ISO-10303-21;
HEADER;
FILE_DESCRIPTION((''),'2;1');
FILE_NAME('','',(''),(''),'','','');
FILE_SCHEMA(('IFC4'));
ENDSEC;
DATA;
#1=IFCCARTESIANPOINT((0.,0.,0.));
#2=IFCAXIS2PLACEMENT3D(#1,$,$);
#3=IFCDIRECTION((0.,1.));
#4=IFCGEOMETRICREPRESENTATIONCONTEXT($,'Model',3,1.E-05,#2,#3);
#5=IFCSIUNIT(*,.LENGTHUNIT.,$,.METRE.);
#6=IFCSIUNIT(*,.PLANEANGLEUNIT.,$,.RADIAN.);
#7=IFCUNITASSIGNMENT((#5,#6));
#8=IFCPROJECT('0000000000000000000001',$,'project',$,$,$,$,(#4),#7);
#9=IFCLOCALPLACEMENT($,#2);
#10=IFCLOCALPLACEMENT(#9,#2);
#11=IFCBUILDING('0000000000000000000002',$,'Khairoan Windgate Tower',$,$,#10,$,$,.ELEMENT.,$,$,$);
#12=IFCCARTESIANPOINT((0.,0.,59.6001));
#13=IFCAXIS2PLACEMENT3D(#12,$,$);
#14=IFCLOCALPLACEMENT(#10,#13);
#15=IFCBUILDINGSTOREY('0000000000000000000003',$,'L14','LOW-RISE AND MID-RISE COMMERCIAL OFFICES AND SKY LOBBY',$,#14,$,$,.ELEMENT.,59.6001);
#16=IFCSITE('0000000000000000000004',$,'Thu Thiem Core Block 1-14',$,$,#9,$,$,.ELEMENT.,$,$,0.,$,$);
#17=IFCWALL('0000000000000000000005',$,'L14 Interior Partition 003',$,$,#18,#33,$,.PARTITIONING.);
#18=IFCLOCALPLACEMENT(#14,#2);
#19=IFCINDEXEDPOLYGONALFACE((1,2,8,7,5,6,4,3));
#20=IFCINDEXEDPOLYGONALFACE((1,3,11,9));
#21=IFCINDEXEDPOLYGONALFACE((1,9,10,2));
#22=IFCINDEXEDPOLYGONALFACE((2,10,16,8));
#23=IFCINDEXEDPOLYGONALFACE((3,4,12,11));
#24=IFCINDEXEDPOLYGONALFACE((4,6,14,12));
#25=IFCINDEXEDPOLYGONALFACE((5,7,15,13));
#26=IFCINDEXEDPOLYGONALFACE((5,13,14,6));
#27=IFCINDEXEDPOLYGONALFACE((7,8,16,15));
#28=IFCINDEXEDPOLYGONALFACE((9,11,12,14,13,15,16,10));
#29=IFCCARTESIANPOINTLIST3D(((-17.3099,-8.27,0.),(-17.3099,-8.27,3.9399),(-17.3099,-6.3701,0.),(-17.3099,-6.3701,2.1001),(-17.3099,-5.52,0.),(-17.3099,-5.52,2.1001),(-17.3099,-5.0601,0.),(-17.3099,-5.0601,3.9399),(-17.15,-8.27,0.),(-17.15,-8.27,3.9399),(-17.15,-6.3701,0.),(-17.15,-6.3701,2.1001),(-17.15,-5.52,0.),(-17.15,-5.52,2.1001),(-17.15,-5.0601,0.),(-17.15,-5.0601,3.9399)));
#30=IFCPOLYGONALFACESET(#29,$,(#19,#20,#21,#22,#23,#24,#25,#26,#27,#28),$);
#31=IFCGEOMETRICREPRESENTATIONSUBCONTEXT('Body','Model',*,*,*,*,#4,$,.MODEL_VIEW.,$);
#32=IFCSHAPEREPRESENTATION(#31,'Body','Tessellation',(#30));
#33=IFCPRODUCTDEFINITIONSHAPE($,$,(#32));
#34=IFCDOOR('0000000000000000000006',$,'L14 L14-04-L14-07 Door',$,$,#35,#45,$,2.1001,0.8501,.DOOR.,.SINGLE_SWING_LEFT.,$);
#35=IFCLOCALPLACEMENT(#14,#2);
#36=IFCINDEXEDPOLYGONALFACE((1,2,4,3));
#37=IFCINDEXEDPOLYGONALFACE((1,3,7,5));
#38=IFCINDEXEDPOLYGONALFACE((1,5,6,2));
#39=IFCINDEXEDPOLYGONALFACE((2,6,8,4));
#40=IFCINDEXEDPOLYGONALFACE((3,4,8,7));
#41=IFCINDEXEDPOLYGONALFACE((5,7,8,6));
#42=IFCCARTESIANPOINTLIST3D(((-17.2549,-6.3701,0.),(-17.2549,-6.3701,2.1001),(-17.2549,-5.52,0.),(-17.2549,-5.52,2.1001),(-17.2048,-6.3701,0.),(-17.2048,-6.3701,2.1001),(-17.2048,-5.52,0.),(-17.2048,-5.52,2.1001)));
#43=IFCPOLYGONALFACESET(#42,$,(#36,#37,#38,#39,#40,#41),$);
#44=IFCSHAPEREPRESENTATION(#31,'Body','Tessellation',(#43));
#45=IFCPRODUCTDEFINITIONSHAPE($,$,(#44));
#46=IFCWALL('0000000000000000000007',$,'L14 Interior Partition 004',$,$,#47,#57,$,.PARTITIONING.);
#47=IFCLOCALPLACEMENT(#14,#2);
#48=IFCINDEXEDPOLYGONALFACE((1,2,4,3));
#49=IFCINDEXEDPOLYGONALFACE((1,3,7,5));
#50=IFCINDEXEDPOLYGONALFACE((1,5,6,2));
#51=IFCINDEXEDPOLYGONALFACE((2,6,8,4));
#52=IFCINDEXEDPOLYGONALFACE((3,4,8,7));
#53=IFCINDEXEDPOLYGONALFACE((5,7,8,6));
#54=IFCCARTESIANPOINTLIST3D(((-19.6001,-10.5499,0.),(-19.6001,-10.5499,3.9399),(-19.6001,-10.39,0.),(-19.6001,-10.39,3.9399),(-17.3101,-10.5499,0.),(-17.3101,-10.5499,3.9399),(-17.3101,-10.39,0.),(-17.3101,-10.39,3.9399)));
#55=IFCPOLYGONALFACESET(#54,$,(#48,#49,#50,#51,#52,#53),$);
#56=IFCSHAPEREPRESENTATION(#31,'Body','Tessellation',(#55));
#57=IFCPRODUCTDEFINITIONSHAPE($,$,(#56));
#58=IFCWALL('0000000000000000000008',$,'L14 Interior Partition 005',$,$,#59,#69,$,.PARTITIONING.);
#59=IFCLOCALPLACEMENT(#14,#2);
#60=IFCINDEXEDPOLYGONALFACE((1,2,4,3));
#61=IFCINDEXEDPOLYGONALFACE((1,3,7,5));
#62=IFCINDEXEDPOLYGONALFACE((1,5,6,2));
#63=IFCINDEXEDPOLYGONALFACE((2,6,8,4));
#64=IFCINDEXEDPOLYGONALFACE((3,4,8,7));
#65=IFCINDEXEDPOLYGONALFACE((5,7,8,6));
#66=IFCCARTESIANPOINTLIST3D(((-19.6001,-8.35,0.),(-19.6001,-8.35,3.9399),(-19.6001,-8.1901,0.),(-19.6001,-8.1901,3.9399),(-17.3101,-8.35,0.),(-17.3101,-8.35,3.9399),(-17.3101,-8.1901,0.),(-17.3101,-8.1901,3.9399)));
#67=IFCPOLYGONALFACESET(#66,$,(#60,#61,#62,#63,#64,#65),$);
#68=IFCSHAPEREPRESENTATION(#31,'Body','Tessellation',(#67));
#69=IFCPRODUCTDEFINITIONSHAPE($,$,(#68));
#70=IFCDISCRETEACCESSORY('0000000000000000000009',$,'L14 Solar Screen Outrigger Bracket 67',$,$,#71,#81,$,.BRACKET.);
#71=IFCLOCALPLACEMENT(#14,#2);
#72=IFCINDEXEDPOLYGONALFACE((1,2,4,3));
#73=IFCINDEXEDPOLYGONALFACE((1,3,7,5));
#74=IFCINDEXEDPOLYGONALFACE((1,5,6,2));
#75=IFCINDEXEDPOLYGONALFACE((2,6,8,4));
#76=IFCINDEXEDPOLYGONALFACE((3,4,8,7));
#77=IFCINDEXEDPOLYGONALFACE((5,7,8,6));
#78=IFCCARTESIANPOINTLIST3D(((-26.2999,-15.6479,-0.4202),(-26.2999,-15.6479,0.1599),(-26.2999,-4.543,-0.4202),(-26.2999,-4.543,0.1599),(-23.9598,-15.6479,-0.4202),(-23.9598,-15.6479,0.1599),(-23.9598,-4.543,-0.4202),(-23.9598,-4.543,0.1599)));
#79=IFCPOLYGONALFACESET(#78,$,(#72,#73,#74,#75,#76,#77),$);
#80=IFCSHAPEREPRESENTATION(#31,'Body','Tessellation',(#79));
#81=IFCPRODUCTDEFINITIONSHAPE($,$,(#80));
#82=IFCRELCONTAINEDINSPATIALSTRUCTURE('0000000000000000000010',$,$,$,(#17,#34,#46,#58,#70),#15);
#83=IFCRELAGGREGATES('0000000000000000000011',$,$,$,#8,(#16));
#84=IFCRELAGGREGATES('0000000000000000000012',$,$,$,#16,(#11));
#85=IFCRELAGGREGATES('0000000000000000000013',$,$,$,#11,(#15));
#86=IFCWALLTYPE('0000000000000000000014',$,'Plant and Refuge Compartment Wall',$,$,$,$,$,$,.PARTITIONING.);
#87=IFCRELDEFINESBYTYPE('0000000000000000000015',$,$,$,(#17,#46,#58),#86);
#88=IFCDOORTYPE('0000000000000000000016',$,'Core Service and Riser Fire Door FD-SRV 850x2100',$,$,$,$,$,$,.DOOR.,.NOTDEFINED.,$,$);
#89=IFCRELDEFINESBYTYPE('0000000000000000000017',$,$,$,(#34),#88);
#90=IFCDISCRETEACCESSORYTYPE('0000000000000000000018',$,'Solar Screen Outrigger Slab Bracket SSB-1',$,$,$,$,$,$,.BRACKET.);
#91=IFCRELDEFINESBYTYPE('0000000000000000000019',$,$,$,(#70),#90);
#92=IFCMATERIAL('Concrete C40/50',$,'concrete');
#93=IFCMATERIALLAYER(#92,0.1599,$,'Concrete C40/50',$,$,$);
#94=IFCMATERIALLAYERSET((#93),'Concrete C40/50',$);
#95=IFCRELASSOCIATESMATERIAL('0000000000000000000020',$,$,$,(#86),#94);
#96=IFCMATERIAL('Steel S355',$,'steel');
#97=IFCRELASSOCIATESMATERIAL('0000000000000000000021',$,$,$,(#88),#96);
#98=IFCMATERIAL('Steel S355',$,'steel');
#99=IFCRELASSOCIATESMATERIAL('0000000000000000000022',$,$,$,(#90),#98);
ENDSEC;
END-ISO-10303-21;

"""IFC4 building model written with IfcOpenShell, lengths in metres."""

from ifc_helpers import new_model, si_unit, direction, frame, frame_2d, origin, origin_2d, place, context, subcontext, project, spatial, rectangle, extrude, material, layer, layer_set, type_object, element, fill, save


model = new_model("IFC4")

# Units and contexts
model_context = context("Model", 3, precision=1e-05, world=origin(), true_north=direction((0.0, 1.0)))
body_context = subcontext(model_context, "Body", "Model", "MODEL_VIEW")
ifc_project = project(units=[si_unit("LENGTHUNIT", "METRE"), si_unit("PLANEANGLEUNIT", "RADIAN")], contexts=[model_context])

# Site, building, storey
site_placement = place(None, origin())
site = spatial("IfcSite", under=ifc_project, at=site_placement, Name="Thu Thiem Core Block 1-14", CompositionType="ELEMENT", RefElevation=0.0)
building_placement = place(site_placement, origin())
building = spatial("IfcBuilding", under=site, at=building_placement, Name="Khairoan Windgate Tower", CompositionType="ELEMENT")
storey_placement = place(building_placement, frame((0.0, 0.0, 59.6001)))
storey = spatial("IfcBuildingStorey", under=building, at=storey_placement, Name="L14", Description="LOW-RISE AND MID-RISE COMMERCIAL OFFICES AND SKY LOBBY", CompositionType="ELEMENT", Elevation=59.6001)

# Wall, opening, door
ifc_material_1 = material(Name="Concrete C40/50", Category="concrete")
ifc_layer_1 = layer(ifc_material_1, 0.1599, Name="Concrete C40/50")
ifc_layer_set_1 = layer_set([ifc_layer_1], Name="Concrete C40/50")
wall_type_1 = type_object("IfcWallType", Name="Plant and Refuge Compartment Wall", PredefinedType="PARTITIONING", material=ifc_layer_set_1)
ifc_material_2 = material(Name="Steel S355", Category="steel")
door_type_1 = type_object("IfcDoorType", Name="Core Service and Riser Fire Door FD-SRV 850x2100", OperationType="NOTDEFINED", PredefinedType="DOOR", material=ifc_material_2)
wall_1_placement = place(storey_placement, frame((-17.23, -8.27, 0.0), z_axis=(0.0, 0.0, 1.0), x_axis=(0.0, 1.0, 0.0)))
wall_1 = element("IfcWall", 1, at=wall_1_placement, inside=storey, type_object=wall_type_1, Name="L14 Interior Partition 003", PredefinedType="PARTITIONING", context=body_context, shape_type="SweptSolid", body=[
    extrude(rectangle(XDim=3.21, YDim=0.1599, at=frame_2d((1.605, 0.0))), origin(), (0.0, 0.0, 1.0), 3.9399),
])
opening_1_placement = place(wall_1_placement, frame((1.8999, 0.0, 0.0)))
opening_1 = element("IfcOpeningElement", 2, at=opening_1_placement, cuts=wall_1, PredefinedType="OPENING", context=body_context, shape_type="SweptSolid", body=[
    extrude(rectangle(XDim=0.8501, YDim=2.1001, at=frame_2d((0.425, 1.05))), frame((0.0, 0.0898, 0.0), z_axis=(0.0, -1.0, 0.0), x_axis=(1.0, 0.0, 0.0)), (0.0, 0.0, 1.0), 0.1799),
])
door_1_placement = place(opening_1_placement, origin())
door_1 = element("IfcDoor", 3, at=door_1_placement, inside=storey, type_object=door_type_1, Name="L14 L14-04-L14-07 Door", OperationType="SINGLE_SWING_LEFT", OverallHeight=2.1001, OverallWidth=0.8501, PredefinedType="DOOR", context=body_context, shape_type="SweptSolid", body=[
    extrude(rectangle(XDim=0.8501, YDim=2.1001, at=frame_2d((0.425, 1.05))), frame((0.0, 0.0249, 0.0), z_axis=(0.0, -1.0, 0.0), x_axis=(1.0, 0.0, 0.0)), (0.0, 0.0, 1.0), 0.05),
])
fill(opening_1, door_1)

# Walls
for number, where, z_axis, x_axis, name in (
    (4, (-19.6001, -10.47, 0.0), (0.0, 0.0, 1.0), (1.0, 0.0, 0.0), "L14 Interior Partition 004"),
    (5, (-19.6001, -8.27, 0.0), (0.0, 0.0, 1.0), (1.0, 0.0, 0.0), "L14 Interior Partition 005"),
):
    element("IfcWall", number, at=place(storey_placement, frame(where, z_axis=z_axis, x_axis=x_axis)), inside=storey, type_object=wall_type_1, Name=name, PredefinedType="PARTITIONING", context=body_context, shape_type="SweptSolid", body=[
        extrude(rectangle(XDim=2.29, YDim=0.1599, at=frame_2d((1.145, 0.0))), origin(), (0.0, 0.0, 1.0), 3.9399),
    ])

# Discrete accessory
ifc_material_3 = material(Name="Steel S355", Category="steel")
discrete_accessory_type = type_object("IfcDiscreteAccessoryType", Name="Solar Screen Outrigger Slab Bracket SSB-1", PredefinedType="BRACKET", material=ifc_material_3)
discrete_accessory_placement = place(storey_placement, frame((-25.1299, -10.0955, -0.4202), z_axis=(0.0, 0.0, 1.0), x_axis=(0.0, 1.0, 0.0)))
element("IfcDiscreteAccessory", 6, at=discrete_accessory_placement, inside=storey, type_object=discrete_accessory_type, Name="L14 Solar Screen Outrigger Bracket 67", PredefinedType="BRACKET", context=body_context, shape_type="SweptSolid", body=[
    extrude(rectangle(XDim=11.105, YDim=2.3401, at=origin_2d()), origin(), (0.0, 0.0, 1.0), 0.5801),
])

save(model, "model.ifc")
